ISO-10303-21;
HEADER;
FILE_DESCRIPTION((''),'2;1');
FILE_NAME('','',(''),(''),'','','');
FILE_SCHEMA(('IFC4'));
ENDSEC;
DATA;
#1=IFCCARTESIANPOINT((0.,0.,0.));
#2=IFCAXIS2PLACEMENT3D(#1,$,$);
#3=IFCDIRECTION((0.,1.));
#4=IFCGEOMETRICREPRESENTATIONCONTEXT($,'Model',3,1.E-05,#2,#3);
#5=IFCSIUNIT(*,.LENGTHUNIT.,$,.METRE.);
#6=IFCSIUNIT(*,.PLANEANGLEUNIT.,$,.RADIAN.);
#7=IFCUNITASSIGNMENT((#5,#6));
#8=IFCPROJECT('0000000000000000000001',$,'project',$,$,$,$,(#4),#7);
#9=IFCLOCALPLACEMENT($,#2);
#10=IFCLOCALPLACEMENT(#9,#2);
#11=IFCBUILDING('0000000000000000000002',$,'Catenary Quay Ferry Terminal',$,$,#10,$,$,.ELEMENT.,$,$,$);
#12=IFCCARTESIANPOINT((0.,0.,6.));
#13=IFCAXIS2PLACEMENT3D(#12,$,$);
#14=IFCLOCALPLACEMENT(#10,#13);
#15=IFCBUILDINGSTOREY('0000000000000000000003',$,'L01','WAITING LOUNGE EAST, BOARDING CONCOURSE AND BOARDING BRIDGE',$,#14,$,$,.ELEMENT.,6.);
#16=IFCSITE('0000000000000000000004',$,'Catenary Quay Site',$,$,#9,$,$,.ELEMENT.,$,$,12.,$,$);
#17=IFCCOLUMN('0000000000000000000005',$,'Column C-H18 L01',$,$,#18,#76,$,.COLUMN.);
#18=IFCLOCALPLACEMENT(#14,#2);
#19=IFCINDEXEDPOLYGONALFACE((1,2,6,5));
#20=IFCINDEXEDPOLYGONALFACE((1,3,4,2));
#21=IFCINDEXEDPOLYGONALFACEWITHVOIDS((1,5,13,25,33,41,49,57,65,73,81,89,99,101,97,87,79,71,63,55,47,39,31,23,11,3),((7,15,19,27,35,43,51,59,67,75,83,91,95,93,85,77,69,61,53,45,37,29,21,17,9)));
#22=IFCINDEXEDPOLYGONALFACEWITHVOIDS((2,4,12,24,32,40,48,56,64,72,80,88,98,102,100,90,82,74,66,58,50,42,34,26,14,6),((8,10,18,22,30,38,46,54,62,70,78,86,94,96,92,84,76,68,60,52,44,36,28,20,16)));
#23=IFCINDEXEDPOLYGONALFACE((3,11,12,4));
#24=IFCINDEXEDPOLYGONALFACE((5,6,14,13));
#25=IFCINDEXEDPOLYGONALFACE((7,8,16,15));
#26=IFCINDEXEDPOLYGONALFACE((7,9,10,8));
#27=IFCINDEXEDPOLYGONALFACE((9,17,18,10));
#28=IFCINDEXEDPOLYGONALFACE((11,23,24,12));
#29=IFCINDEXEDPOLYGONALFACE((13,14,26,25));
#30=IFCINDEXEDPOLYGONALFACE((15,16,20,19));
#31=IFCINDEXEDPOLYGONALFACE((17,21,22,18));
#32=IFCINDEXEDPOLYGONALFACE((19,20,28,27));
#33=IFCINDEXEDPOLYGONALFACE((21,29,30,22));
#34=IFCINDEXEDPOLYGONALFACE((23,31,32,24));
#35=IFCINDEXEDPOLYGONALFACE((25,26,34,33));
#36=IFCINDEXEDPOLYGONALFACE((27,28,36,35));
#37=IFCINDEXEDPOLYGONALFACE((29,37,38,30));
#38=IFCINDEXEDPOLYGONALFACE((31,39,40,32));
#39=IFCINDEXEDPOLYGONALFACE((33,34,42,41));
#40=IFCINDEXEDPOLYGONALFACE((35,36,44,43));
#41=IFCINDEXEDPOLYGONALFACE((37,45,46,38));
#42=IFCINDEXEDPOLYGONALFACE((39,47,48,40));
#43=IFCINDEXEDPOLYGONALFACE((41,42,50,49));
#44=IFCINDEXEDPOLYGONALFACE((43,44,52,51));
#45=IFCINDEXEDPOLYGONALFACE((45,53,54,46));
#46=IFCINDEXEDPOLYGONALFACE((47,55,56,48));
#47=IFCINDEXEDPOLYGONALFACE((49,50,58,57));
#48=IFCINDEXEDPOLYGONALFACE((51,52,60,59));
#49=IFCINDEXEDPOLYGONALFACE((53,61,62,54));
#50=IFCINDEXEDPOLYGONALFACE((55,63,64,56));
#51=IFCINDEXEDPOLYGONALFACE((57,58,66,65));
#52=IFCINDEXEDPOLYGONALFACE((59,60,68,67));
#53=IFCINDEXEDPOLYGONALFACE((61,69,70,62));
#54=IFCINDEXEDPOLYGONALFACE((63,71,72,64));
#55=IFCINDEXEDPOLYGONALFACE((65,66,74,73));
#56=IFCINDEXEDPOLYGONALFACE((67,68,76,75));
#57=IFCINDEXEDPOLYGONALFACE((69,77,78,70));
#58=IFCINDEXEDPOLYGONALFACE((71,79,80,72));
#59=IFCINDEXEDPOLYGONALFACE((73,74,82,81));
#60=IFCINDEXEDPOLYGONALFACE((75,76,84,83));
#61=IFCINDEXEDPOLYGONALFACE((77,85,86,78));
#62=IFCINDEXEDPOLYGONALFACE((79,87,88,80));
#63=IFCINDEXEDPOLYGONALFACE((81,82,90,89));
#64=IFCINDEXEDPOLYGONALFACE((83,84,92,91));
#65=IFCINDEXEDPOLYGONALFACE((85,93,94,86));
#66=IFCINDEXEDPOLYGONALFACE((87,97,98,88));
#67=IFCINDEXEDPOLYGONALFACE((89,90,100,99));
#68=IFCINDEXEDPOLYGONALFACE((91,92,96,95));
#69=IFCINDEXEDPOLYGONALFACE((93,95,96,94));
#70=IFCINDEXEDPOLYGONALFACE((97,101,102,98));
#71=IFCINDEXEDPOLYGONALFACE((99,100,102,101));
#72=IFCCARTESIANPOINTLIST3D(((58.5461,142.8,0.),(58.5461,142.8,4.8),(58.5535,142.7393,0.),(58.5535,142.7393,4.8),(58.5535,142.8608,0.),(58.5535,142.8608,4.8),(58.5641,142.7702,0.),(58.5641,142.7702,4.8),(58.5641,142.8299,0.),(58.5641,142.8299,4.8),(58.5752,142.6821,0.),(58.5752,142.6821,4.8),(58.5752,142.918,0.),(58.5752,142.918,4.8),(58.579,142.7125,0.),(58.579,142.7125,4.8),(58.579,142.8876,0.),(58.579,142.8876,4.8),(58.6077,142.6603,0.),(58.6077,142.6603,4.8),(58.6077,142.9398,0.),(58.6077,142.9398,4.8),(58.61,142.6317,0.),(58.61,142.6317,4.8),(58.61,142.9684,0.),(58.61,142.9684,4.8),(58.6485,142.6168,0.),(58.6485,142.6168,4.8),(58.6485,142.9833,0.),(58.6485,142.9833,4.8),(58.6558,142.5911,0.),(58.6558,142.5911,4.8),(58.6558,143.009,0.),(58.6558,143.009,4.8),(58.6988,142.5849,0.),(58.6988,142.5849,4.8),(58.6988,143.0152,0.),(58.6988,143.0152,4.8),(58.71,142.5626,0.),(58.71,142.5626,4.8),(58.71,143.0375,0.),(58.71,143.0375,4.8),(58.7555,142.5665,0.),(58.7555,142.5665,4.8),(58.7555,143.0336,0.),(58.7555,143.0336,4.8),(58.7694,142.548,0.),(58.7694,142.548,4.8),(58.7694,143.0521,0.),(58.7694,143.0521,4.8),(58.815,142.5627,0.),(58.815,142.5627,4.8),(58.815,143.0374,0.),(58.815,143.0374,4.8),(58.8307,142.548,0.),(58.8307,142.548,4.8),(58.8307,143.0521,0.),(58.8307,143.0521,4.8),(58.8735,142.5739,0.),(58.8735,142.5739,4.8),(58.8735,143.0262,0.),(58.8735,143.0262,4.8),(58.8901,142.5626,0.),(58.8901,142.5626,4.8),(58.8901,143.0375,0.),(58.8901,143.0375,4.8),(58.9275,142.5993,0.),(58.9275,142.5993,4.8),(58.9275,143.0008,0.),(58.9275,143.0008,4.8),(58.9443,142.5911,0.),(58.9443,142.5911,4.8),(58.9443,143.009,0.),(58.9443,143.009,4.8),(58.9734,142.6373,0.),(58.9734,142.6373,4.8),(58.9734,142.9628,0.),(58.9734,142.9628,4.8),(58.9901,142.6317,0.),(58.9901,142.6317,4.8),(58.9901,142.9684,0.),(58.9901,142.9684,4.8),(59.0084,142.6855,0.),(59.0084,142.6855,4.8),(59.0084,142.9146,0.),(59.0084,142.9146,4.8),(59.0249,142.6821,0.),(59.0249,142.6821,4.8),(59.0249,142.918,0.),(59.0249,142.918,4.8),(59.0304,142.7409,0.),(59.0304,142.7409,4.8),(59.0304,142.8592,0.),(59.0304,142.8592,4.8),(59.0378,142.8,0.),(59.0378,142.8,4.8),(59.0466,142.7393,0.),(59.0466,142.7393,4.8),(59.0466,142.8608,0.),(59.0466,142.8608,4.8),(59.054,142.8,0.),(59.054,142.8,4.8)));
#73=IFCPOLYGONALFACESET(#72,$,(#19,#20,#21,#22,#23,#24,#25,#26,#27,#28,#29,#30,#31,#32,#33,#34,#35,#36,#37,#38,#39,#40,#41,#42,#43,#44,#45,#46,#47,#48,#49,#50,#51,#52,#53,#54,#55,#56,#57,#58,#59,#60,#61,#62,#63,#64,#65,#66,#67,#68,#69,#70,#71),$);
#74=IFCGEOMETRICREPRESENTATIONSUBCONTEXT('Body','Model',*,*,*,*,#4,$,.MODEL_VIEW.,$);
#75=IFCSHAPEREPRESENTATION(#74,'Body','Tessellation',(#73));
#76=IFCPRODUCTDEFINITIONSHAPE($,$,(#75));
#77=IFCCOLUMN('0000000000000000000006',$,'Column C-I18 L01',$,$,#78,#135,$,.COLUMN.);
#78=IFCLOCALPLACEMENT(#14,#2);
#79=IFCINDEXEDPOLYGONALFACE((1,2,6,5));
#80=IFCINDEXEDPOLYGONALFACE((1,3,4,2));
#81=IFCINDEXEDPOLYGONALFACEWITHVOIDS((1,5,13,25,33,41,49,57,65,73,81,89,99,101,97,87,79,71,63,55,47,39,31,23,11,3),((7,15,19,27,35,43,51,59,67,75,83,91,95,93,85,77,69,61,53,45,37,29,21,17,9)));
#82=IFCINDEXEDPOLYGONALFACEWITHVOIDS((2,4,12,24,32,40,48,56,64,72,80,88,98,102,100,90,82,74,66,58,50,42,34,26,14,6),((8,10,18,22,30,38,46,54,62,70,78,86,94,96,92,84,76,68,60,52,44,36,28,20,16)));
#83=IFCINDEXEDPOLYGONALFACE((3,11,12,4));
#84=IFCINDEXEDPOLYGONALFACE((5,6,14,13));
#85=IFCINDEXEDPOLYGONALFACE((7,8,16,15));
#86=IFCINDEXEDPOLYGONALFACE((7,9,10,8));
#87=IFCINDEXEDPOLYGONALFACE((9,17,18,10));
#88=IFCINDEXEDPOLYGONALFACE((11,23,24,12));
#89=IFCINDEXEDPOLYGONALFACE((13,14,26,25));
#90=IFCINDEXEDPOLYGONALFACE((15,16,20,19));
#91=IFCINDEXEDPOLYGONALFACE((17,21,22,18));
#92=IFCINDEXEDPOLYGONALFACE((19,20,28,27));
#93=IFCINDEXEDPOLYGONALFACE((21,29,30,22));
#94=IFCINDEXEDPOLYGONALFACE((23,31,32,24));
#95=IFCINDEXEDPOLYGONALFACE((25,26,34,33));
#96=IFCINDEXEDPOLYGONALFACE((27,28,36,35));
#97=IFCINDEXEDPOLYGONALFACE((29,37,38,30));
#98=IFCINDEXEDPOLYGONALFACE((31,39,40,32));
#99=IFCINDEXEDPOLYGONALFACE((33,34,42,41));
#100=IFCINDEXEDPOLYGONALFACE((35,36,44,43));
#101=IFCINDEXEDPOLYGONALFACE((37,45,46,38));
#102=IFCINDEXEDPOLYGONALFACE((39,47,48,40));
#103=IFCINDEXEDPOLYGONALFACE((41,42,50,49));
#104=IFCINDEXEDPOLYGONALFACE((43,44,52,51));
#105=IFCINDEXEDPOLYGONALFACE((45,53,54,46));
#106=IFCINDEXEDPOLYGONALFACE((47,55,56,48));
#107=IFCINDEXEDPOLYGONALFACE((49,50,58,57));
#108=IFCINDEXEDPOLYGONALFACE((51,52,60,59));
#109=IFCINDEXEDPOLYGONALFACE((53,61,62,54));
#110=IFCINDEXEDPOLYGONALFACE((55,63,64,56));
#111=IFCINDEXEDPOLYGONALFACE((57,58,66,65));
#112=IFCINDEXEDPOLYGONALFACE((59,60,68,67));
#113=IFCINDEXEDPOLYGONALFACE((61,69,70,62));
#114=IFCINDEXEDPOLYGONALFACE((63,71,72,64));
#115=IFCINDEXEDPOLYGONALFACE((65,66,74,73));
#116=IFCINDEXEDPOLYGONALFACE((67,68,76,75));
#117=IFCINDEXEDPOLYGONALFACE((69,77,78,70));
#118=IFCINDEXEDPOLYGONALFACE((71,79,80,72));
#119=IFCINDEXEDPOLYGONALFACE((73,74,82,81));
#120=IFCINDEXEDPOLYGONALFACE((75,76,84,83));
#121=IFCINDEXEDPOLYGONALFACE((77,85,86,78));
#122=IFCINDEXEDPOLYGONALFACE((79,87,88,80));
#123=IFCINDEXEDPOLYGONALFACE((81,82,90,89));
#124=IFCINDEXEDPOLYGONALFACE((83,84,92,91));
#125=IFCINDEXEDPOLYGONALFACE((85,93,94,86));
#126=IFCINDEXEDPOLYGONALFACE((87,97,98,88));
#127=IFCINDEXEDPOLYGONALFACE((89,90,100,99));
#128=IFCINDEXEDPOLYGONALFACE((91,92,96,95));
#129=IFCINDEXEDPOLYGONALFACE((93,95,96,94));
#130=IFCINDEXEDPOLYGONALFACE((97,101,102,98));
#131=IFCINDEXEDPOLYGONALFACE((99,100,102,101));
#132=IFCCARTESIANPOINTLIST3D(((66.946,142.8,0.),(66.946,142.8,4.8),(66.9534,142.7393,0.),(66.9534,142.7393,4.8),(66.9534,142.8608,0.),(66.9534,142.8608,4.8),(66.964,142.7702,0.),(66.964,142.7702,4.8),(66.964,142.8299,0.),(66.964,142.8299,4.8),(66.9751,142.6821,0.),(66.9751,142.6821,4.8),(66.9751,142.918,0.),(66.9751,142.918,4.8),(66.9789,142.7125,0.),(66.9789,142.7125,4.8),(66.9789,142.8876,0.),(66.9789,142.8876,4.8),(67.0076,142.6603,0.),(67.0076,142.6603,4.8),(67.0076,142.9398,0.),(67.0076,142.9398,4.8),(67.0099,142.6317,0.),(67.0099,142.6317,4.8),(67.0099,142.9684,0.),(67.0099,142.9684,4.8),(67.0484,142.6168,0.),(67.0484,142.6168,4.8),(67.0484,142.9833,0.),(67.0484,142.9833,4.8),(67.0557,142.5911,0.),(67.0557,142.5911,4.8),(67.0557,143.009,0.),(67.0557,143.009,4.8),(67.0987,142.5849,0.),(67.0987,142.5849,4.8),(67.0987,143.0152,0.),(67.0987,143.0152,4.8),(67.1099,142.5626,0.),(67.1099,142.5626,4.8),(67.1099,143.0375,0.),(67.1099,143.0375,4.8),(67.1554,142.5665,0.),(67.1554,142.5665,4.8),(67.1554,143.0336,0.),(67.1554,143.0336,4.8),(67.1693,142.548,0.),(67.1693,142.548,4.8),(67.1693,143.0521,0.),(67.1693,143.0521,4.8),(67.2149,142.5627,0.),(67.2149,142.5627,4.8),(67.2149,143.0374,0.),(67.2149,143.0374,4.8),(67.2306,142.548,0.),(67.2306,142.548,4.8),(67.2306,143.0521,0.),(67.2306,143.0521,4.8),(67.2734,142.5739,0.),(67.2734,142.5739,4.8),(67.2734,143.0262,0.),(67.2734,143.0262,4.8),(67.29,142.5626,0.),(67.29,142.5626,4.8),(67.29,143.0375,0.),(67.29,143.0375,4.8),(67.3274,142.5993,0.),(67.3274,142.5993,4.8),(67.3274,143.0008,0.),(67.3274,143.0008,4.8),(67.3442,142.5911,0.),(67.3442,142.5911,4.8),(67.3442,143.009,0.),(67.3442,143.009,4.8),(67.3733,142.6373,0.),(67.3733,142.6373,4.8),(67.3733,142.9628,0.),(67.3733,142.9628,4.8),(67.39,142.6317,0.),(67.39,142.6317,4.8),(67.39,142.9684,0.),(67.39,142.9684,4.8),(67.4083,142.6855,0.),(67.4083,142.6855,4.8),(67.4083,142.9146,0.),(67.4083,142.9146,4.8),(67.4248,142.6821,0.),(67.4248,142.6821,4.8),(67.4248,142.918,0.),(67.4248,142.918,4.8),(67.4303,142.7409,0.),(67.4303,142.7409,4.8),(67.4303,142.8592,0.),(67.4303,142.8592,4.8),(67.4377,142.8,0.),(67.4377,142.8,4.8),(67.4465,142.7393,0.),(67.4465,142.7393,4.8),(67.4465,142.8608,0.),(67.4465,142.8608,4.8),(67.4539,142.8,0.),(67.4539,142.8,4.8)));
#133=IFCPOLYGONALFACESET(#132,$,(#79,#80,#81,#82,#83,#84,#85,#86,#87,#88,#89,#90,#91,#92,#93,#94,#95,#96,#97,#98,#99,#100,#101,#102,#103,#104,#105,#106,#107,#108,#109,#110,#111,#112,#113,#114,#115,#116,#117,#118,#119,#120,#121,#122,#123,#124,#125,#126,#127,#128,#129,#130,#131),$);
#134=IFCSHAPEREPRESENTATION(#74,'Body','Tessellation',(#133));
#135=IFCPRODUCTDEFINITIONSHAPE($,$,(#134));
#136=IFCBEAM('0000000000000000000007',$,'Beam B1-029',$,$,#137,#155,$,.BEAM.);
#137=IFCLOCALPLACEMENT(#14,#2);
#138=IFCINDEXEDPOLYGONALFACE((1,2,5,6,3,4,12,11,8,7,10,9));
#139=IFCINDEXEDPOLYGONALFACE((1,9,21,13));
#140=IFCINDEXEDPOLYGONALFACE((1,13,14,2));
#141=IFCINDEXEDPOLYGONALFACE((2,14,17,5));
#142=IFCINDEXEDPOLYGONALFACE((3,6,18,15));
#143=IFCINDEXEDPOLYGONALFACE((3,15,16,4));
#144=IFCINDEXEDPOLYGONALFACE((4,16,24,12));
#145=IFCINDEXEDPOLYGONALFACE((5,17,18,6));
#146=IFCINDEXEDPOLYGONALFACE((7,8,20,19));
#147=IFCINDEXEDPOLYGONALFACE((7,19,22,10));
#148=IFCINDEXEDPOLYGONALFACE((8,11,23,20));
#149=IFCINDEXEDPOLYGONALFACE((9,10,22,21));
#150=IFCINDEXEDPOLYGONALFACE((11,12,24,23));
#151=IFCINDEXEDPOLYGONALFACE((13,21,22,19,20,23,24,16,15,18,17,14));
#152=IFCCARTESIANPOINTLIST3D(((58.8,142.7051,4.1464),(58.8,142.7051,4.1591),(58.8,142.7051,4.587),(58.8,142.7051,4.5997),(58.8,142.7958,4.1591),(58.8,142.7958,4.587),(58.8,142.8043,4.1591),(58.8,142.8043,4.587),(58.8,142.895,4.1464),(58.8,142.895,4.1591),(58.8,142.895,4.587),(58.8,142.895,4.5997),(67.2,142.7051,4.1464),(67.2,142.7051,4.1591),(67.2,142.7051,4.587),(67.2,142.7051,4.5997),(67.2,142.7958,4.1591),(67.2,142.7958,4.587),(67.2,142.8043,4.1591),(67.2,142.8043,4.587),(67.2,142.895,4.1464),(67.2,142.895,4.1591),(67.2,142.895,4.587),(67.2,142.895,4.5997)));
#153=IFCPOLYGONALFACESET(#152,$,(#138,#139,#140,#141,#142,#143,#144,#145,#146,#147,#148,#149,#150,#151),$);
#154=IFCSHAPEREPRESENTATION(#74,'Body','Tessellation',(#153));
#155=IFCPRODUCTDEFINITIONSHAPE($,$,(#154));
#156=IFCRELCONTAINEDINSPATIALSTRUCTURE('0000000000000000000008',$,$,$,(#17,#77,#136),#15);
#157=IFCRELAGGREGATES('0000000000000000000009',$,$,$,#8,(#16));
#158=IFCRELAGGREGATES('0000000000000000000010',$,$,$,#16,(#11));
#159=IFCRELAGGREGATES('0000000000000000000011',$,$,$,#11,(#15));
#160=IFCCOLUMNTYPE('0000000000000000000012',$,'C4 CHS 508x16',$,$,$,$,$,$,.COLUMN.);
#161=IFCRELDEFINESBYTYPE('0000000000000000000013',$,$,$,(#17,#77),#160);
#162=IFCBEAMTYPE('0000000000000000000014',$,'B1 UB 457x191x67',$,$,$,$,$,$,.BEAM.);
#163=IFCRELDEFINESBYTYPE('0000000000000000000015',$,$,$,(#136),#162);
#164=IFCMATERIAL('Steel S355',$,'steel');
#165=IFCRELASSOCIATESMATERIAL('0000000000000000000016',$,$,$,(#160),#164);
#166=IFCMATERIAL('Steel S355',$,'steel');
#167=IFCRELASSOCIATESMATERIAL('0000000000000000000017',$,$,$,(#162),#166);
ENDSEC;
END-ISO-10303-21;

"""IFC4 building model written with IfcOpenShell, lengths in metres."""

from ifc_helpers import new_model, si_unit, direction, frame, origin, origin_2d, place, context, subcontext, project, spatial, hollow_circle, i_section, extrude, material, material_profile, profile_set, type_object, element, save


model = new_model("IFC4")

# Units and contexts
model_context = context("Model", 3, precision=1e-05, world=origin(), true_north=direction((0.0, 1.0)))
body_context = subcontext(model_context, "Body", "Model", "MODEL_VIEW")
ifc_project = project(units=[si_unit("LENGTHUNIT", "METRE"), si_unit("PLANEANGLEUNIT", "RADIAN")], contexts=[model_context])

# Site, building, storey
site_placement = place(None, origin())
site = spatial("IfcSite", under=ifc_project, at=site_placement, Name="Catenary Quay Site", CompositionType="ELEMENT", RefElevation=12.0)
building_placement = place(site_placement, origin())
building = spatial("IfcBuilding", under=site, at=building_placement, Name="Catenary Quay Ferry Terminal", CompositionType="ELEMENT")
storey_placement = place(building_placement, frame((0.0, 0.0, 6.0)))
storey = spatial("IfcBuildingStorey", under=building, at=storey_placement, Name="L01", Description="WAITING LOUNGE EAST, BOARDING CONCOURSE AND BOARDING BRIDGE", CompositionType="ELEMENT", Elevation=6.0)

# Columns
ifc_material_1 = material(Name="Steel S355", Category="steel")
ifc_material_profile_1 = material_profile(ifc_material_1, hollow_circle(Radius=0.2539, WallThickness=0.0161, at=origin_2d()), Name="CHS 508x16")
ifc_profile_set_1 = profile_set([ifc_material_profile_1], Name="Steel S355")
column_type = type_object("IfcColumnType", Name="C4 CHS 508x16", PredefinedType="COLUMN", material=ifc_profile_set_1)
for number, where, z_axis, x_axis, name in (
    (1, (58.8, 142.8, 0.0), (0.0, 0.0, 1.0), (1.0, 0.0, 0.0), "Column C-H18 L01"),
    (2, (67.2, 142.8, 0.0), (0.0, 0.0, 1.0), (1.0, 0.0, 0.0), "Column C-I18 L01"),
):
    element("IfcColumn", number, at=place(storey_placement, frame(where, z_axis=z_axis, x_axis=x_axis)), inside=storey, type_object=column_type, Name=name, PredefinedType="COLUMN", context=body_context, shape_type="SweptSolid", body=[
        extrude(hollow_circle(Radius=0.2539, WallThickness=0.0161, at=origin_2d()), origin(), (0.0, 0.0, 1.0), 4.8),
    ])

# Beam
ifc_material_2 = material(Name="Steel S355", Category="steel")
ifc_material_profile_2 = material_profile(ifc_material_2, i_section(OverallWidth=0.1899, OverallDepth=0.4534, WebThickness=0.0085, FlangeThickness=0.0127, at=origin_2d()), Name="UB 457x191x67")
ifc_profile_set_2 = profile_set([ifc_material_profile_2], Name="Steel S355")
beam_type = type_object("IfcBeamType", Name="B1 UB 457x191x67", PredefinedType="BEAM", material=ifc_profile_set_2)
beam_placement = place(storey_placement, frame((58.8, 142.8, 4.373), z_axis=(1.0, 0.0, 0.0), x_axis=(0.0, 1.0, 0.0)))
element("IfcBeam", 3, at=beam_placement, inside=storey, type_object=beam_type, Name="Beam B1-029", PredefinedType="BEAM", context=body_context, shape_type="SweptSolid", body=[
    extrude(i_section(OverallWidth=0.1899, OverallDepth=0.4534, WebThickness=0.0085, FlangeThickness=0.0127, at=origin_2d()), origin(), (0.0, 0.0, 1.0), 8.3999),
])

save(model, "model.ifc")
